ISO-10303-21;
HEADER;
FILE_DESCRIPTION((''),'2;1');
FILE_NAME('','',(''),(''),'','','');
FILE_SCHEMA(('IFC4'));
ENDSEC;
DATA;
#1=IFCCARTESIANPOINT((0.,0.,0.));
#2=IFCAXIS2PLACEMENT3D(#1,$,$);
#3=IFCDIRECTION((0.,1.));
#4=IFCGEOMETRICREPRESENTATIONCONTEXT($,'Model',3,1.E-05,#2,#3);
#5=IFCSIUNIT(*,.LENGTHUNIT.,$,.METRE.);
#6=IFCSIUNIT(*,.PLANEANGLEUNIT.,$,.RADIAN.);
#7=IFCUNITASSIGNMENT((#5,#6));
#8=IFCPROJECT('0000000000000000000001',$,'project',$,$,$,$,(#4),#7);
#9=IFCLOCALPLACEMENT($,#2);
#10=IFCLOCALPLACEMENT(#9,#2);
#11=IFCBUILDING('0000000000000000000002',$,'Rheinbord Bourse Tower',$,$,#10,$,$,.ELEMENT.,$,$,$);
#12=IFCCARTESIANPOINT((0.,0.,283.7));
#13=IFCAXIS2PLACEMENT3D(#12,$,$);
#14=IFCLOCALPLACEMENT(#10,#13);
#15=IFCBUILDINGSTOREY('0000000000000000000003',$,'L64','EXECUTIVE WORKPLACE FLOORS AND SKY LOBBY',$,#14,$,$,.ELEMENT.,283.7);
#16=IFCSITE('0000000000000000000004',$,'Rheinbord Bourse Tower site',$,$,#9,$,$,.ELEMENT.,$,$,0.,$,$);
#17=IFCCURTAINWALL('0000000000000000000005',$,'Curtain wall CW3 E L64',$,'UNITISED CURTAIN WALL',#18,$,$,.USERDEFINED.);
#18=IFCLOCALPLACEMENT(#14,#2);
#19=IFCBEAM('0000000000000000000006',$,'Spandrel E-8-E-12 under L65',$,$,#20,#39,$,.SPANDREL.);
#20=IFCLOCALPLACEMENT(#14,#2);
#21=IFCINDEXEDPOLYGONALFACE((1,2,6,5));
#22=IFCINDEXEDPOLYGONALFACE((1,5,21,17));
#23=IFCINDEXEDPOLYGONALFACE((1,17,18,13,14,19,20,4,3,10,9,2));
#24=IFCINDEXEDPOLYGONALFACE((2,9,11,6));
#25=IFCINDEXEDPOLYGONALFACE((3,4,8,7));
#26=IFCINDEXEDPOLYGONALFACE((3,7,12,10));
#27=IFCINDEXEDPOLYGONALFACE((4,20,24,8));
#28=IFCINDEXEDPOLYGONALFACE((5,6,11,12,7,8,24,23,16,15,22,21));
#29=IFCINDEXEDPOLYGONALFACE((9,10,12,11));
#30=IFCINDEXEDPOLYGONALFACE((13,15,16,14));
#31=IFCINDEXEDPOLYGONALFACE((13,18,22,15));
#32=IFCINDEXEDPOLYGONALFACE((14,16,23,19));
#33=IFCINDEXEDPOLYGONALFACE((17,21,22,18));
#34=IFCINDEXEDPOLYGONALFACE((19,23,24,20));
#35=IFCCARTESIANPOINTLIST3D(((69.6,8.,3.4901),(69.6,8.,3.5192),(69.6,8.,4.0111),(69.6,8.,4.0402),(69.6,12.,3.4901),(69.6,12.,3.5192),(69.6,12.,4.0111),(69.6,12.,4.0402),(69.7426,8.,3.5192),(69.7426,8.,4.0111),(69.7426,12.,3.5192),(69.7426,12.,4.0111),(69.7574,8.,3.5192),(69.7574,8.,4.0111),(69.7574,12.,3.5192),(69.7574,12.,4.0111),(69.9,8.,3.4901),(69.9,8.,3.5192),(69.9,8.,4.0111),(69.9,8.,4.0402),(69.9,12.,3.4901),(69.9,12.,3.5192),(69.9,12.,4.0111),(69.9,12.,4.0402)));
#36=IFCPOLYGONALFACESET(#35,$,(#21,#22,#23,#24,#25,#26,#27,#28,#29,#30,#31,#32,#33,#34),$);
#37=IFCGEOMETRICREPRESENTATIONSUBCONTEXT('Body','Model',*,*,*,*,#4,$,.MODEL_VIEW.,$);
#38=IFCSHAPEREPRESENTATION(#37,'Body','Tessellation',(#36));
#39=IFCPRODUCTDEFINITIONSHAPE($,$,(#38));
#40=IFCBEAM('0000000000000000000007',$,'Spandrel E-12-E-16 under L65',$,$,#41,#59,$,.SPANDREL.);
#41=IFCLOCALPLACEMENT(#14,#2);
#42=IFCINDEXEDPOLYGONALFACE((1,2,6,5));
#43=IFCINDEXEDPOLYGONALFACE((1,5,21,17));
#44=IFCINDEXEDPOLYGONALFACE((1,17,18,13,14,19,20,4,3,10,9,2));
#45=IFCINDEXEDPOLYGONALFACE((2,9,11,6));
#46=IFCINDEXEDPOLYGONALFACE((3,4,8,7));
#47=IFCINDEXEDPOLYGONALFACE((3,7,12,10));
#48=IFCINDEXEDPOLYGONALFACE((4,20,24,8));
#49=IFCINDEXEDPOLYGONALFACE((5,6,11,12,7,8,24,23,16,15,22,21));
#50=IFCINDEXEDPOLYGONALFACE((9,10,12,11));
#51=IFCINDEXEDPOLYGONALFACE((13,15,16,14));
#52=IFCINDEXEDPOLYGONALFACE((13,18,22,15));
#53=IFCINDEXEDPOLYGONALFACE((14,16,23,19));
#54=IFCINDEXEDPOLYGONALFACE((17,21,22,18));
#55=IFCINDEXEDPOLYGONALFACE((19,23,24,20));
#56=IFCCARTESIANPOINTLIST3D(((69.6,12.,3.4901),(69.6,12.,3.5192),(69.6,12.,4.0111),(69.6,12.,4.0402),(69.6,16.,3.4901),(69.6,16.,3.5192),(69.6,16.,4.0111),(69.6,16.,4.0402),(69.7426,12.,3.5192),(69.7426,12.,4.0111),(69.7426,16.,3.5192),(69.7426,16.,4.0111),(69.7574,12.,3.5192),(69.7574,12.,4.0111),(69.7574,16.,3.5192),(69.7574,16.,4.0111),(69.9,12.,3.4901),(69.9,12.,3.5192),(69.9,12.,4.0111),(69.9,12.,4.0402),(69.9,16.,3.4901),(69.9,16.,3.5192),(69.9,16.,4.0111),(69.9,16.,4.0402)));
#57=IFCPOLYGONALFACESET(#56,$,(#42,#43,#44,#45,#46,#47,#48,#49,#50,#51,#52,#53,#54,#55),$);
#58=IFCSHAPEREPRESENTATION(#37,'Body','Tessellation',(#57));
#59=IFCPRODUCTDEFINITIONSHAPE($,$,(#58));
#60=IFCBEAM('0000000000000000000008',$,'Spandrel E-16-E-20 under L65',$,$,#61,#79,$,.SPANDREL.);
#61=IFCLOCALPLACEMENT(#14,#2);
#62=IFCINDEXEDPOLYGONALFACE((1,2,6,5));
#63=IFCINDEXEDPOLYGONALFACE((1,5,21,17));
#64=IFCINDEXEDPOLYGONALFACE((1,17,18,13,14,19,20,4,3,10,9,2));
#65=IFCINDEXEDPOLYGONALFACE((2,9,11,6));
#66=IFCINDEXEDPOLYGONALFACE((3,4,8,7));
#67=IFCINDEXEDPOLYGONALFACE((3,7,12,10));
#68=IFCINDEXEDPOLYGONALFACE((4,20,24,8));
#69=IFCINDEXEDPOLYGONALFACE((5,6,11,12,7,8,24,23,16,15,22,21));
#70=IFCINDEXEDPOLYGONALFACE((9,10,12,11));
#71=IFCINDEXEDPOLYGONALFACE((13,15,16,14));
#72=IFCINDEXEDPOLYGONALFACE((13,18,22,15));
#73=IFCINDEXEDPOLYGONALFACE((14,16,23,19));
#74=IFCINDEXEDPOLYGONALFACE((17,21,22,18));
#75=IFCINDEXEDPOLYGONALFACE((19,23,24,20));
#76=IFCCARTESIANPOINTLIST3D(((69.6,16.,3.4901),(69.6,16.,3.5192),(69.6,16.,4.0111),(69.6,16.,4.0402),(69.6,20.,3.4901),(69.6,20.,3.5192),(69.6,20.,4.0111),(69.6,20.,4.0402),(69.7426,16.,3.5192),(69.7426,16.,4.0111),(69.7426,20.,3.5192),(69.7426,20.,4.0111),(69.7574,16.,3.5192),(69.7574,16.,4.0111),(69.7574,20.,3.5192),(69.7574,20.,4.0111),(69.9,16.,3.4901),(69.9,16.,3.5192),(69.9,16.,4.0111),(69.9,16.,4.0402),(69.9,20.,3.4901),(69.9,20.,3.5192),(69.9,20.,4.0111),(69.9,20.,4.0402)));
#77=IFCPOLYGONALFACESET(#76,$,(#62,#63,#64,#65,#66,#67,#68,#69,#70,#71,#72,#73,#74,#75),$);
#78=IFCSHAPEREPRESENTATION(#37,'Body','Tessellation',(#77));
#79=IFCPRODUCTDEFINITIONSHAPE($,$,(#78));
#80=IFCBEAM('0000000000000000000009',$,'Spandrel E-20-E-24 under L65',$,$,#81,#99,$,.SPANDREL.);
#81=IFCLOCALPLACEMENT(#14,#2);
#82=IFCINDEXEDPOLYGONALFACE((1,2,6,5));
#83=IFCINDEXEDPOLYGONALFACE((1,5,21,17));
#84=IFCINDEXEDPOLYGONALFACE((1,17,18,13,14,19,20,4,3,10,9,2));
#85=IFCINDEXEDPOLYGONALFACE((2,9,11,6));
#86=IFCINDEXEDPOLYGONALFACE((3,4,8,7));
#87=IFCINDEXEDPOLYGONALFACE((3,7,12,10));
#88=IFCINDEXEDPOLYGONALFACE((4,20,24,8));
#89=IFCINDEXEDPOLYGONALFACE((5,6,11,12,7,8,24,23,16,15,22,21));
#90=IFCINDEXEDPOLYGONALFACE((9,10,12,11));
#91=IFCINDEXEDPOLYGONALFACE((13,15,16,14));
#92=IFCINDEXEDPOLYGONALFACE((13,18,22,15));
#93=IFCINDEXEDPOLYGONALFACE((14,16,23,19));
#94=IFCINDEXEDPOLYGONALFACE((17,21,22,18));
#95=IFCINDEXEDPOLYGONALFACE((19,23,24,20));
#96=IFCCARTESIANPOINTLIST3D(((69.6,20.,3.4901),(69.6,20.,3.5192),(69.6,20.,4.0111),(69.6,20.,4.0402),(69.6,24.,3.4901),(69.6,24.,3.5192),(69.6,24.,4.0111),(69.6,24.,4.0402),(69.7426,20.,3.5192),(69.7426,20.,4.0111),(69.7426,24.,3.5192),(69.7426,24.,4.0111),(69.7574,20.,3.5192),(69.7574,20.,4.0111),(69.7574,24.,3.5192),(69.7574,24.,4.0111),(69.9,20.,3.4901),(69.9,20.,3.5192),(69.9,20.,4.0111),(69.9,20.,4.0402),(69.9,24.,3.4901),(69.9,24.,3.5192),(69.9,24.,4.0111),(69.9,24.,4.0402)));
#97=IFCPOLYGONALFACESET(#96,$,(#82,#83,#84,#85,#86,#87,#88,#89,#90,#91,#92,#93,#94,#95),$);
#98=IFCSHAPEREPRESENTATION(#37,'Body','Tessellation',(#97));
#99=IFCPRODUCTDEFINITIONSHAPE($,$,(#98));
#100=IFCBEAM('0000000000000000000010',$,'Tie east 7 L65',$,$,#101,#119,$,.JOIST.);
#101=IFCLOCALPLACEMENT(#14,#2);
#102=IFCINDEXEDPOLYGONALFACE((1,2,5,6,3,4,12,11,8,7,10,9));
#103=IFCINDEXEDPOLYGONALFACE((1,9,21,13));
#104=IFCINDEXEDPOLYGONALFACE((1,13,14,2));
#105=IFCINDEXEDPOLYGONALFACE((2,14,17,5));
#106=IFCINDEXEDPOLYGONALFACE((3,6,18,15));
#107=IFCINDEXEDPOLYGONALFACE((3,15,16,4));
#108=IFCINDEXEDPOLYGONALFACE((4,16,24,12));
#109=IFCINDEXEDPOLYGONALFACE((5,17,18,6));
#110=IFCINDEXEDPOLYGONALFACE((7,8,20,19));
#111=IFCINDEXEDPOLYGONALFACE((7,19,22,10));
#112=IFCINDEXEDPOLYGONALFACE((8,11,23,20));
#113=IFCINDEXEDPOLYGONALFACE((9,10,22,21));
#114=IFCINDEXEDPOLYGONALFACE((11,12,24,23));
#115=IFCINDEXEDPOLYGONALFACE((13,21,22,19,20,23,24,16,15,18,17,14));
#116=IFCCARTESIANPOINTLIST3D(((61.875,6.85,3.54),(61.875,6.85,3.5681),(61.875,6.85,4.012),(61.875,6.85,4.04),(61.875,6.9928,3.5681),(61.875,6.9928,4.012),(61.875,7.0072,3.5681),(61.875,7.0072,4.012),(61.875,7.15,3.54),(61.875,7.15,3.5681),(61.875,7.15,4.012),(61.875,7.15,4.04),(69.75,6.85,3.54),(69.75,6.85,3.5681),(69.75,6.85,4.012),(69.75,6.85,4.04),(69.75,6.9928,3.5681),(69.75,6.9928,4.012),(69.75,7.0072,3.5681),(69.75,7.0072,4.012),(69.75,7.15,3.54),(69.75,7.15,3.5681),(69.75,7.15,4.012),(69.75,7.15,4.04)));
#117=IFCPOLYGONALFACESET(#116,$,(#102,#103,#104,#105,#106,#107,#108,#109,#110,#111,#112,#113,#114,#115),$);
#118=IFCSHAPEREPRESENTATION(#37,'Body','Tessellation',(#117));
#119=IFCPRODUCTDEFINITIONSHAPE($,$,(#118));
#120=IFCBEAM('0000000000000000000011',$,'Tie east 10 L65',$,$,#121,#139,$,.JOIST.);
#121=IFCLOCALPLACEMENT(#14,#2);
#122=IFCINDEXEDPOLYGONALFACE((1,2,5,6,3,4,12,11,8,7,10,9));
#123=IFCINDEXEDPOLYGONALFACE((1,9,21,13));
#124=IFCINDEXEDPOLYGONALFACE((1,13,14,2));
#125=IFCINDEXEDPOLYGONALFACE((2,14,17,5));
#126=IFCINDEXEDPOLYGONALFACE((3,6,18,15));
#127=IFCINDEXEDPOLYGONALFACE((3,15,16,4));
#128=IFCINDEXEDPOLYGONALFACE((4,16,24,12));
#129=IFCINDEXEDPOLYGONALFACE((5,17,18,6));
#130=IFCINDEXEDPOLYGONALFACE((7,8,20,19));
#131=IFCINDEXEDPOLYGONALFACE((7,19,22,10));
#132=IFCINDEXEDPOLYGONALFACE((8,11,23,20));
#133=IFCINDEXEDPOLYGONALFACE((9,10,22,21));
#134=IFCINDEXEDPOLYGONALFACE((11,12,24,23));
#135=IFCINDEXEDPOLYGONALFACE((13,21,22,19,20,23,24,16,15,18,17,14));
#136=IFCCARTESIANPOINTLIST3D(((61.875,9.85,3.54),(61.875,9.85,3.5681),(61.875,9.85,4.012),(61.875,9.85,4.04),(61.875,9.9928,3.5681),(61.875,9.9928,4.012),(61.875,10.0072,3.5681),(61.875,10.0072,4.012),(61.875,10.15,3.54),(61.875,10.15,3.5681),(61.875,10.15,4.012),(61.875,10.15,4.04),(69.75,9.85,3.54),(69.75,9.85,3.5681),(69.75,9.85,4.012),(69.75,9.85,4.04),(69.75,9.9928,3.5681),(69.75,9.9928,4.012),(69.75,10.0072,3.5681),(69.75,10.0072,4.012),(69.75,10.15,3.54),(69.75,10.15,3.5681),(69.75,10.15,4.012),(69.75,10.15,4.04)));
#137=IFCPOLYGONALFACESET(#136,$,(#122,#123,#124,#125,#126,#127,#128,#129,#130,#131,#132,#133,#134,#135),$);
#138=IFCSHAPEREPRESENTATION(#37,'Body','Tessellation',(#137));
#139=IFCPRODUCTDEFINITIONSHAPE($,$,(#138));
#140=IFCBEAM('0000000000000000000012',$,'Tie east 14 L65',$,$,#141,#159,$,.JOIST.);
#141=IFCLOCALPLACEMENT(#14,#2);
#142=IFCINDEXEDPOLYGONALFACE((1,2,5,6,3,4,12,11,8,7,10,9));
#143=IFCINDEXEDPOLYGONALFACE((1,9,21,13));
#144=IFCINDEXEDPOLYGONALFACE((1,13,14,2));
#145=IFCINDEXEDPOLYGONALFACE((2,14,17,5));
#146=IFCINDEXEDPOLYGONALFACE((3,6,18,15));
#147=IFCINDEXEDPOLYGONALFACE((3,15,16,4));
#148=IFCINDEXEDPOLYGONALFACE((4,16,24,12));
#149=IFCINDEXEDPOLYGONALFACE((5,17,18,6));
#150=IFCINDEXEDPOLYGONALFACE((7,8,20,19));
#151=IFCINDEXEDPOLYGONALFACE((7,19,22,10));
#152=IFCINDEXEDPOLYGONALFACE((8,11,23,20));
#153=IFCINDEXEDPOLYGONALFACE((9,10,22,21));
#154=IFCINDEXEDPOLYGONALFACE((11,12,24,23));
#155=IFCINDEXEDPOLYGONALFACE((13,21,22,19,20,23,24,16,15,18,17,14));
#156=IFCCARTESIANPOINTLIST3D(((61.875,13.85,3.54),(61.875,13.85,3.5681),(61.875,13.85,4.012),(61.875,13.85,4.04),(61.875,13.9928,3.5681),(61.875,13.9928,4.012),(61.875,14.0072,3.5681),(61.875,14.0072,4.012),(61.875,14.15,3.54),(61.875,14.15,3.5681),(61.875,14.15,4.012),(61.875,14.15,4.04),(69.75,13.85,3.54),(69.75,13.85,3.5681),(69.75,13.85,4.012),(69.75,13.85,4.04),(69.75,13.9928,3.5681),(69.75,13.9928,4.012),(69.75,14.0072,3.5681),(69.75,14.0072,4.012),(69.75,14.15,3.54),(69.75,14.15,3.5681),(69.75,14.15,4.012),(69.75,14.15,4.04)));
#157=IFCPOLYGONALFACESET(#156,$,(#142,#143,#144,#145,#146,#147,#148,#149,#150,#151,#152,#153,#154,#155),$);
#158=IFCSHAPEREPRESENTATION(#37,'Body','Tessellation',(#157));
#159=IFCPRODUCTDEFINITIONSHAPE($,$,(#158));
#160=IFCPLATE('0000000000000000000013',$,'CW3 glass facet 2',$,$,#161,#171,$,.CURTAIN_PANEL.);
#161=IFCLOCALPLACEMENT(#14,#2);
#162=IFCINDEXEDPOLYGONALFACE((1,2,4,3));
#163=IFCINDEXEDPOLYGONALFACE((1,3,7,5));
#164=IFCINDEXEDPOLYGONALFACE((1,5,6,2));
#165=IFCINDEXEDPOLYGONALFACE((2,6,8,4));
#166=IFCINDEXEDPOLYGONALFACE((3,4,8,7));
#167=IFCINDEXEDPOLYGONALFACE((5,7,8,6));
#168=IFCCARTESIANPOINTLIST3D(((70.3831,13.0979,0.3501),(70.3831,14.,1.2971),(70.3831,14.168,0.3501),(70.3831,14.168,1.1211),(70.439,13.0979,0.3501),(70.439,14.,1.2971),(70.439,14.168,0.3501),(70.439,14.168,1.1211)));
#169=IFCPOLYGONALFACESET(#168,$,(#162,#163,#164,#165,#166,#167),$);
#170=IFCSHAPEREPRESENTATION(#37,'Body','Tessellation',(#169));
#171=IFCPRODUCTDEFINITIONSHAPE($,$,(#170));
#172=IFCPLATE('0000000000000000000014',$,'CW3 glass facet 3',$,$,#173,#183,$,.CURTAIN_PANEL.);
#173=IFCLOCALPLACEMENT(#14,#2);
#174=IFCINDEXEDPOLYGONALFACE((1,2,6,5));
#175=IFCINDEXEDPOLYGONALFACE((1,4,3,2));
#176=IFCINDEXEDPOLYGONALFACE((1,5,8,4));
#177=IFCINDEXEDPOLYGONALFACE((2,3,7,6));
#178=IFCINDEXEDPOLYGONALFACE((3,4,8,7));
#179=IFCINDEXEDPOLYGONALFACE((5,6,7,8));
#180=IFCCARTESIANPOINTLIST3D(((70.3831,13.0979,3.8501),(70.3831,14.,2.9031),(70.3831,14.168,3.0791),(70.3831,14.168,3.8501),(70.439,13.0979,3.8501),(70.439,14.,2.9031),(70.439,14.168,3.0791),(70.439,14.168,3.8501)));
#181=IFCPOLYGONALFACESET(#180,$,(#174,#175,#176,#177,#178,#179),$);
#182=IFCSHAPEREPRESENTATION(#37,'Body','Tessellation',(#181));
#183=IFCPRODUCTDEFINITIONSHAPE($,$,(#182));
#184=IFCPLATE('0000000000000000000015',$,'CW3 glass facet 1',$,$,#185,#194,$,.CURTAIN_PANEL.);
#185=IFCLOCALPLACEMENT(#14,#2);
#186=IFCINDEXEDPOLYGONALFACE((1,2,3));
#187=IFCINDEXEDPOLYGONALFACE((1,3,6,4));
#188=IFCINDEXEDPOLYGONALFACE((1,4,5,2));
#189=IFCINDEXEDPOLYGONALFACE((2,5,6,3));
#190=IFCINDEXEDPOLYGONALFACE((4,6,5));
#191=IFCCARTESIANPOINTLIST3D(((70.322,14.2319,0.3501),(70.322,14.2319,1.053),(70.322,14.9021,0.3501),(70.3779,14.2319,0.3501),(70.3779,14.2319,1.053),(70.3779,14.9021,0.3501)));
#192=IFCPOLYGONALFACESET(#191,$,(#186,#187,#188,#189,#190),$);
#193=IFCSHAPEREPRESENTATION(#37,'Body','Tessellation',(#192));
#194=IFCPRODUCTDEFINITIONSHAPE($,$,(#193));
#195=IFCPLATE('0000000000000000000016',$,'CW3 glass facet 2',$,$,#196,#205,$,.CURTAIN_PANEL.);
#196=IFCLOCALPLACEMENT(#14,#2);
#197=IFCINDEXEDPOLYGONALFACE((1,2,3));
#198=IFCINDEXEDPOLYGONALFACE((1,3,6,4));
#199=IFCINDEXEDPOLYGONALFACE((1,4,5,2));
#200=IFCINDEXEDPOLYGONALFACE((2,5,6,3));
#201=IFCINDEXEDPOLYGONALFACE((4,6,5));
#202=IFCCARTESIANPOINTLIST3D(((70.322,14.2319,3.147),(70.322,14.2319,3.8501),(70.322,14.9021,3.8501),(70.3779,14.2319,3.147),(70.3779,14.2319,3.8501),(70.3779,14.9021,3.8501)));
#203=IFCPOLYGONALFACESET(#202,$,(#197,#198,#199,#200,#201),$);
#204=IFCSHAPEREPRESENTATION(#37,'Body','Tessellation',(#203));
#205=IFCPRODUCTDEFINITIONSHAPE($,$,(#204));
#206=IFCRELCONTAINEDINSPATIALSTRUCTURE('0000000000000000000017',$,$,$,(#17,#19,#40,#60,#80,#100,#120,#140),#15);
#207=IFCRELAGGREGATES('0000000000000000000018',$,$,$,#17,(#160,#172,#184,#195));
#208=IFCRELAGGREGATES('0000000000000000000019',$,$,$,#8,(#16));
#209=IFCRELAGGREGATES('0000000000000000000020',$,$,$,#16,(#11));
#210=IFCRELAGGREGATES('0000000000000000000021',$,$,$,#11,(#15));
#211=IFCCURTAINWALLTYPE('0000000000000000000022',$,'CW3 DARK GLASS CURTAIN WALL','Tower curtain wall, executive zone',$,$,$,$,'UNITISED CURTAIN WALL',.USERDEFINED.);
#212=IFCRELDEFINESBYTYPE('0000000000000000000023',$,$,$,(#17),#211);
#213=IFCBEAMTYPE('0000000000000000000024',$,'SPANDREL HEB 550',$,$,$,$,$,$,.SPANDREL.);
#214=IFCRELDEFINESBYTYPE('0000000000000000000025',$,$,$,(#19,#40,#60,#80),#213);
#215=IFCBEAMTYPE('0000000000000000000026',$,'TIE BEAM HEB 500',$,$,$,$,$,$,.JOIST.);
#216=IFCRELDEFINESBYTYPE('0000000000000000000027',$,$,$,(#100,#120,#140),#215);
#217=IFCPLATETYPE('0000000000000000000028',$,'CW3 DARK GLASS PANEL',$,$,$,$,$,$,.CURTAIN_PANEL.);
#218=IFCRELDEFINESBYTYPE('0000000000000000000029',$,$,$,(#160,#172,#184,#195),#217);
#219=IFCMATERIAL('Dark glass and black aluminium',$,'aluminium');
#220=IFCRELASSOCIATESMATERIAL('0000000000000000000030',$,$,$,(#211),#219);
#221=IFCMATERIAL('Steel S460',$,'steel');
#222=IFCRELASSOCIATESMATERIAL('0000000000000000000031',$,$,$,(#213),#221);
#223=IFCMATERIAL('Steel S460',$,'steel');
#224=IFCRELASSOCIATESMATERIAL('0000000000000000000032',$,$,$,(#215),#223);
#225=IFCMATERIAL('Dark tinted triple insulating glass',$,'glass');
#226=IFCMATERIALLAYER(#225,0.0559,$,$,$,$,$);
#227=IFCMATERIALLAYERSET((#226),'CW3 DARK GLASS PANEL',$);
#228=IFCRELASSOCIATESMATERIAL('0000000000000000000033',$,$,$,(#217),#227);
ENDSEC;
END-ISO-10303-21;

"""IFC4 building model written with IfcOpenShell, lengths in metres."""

from ifc_helpers import new_model, si_unit, direction, frame, origin, origin_2d, place, context, subcontext, project, spatial, polyline, i_section, outline, extrude, material, layer, layer_set, material_profile, profile_set, type_object, element, aggregate, save


model = new_model("IFC4")

# Units and contexts
model_context = context("Model", 3, precision=1e-05, world=origin(), true_north=direction((0.0, 1.0)))
body_context = subcontext(model_context, "Body", "Model", "MODEL_VIEW")
ifc_project = project(units=[si_unit("LENGTHUNIT", "METRE"), si_unit("PLANEANGLEUNIT", "RADIAN")], contexts=[model_context])

# Site, building, storey
site_placement = place(None, origin())
site = spatial("IfcSite", under=ifc_project, at=site_placement, Name="Rheinbord Bourse Tower site", CompositionType="ELEMENT", RefElevation=0.0)
building_placement = place(site_placement, origin())
building = spatial("IfcBuilding", under=site, at=building_placement, Name="Rheinbord Bourse Tower", CompositionType="ELEMENT")
storey_placement = place(building_placement, frame((0.0, 0.0, 283.7)))
storey = spatial("IfcBuildingStorey", under=building, at=storey_placement, Name="L64", Description="EXECUTIVE WORKPLACE FLOORS AND SKY LOBBY", CompositionType="ELEMENT", Elevation=283.7)

# Curtain wall
ifc_material_1 = material(Name="Dark glass and black aluminium", Category="aluminium")
curtain_wall_type = type_object("IfcCurtainWallType", Name="CW3 DARK GLASS CURTAIN WALL", Description="Tower curtain wall, executive zone", ElementType="UNITISED CURTAIN WALL", PredefinedType="USERDEFINED", material=ifc_material_1)
curtain_wall_placement = place(storey_placement, origin())
curtain_wall = element("IfcCurtainWall", 1, at=curtain_wall_placement, inside=storey, type_object=curtain_wall_type, Name="Curtain wall CW3 E L64", ObjectType="UNITISED CURTAIN WALL", PredefinedType="USERDEFINED")

# Beams
ifc_material_2 = material(Name="Steel S460", Category="steel")
ifc_material_profile_1 = material_profile(ifc_material_2, i_section(OverallWidth=0.3, OverallDepth=0.55, WebThickness=0.0149, FlangeThickness=0.0291, at=origin_2d()), Name="HEB 550")
ifc_profile_set_1 = profile_set([ifc_material_profile_1], Name="Steel S460")
beam_type_1 = type_object("IfcBeamType", Name="SPANDREL HEB 550", PredefinedType="SPANDREL", material=ifc_profile_set_1)
for number, where, z_axis, x_axis, name in (
    (2, (69.75, 8.0, 3.7651), (0.0, 1.0, 0.0), (-1.0, 0.0, 0.0), "Spandrel E-8-E-12 under L65"),
    (3, (69.75, 12.0, 3.7651), (0.0, 1.0, 0.0), (-1.0, 0.0, 0.0), "Spandrel E-12-E-16 under L65"),
    (4, (69.75, 16.0, 3.7651), (0.0, 1.0, 0.0), (-1.0, 0.0, 0.0), "Spandrel E-16-E-20 under L65"),
    (5, (69.75, 20.0, 3.7651), (0.0, 1.0, 0.0), (-1.0, 0.0, 0.0), "Spandrel E-20-E-24 under L65"),
):
    element("IfcBeam", number, at=place(storey_placement, frame(where, z_axis=z_axis, x_axis=x_axis)), inside=storey, type_object=beam_type_1, Name=name, PredefinedType="SPANDREL", context=body_context, shape_type="SweptSolid", body=[
        extrude(i_section(OverallWidth=0.3, OverallDepth=0.55, WebThickness=0.0149, FlangeThickness=0.0291, at=origin_2d()), origin(), (0.0, 0.0, 1.0), 4.0),
    ])
ifc_material_3 = material(Name="Steel S460", Category="steel")
ifc_material_profile_2 = material_profile(ifc_material_3, i_section(OverallWidth=0.3, OverallDepth=0.5, WebThickness=0.0144, FlangeThickness=0.0281, at=origin_2d()), Name="HEB 500")
ifc_profile_set_2 = profile_set([ifc_material_profile_2], Name="Steel S460")
beam_type_2 = type_object("IfcBeamType", Name="TIE BEAM HEB 500", PredefinedType="JOIST", material=ifc_profile_set_2)
for number, where, z_axis, x_axis, name in (
    (6, (61.875, 7.0, 3.79), (1.0, 0.0, 0.0), (0.0, 1.0, 0.0), "Tie east 7 L65"),
    (7, (61.875, 10.0, 3.79), (1.0, 0.0, 0.0), (0.0, 1.0, 0.0), "Tie east 10 L65"),
    (8, (61.875, 14.0, 3.79), (1.0, 0.0, 0.0), (0.0, 1.0, 0.0), "Tie east 14 L65"),
):
    element("IfcBeam", number, at=place(storey_placement, frame(where, z_axis=z_axis, x_axis=x_axis)), inside=storey, type_object=beam_type_2, Name=name, PredefinedType="JOIST", context=body_context, shape_type="SweptSolid", body=[
        extrude(i_section(OverallWidth=0.3, OverallDepth=0.5, WebThickness=0.0144, FlangeThickness=0.0281, at=origin_2d()), origin(), (0.0, 0.0, 1.0), 7.875),
    ])

# Plates
ifc_material_4 = material(Name="Dark tinted triple insulating glass", Category="glass")
ifc_layer_1 = layer(ifc_material_4, 0.0559)
ifc_layer_set_1 = layer_set([ifc_layer_1], Name="CW3 DARK GLASS PANEL")
plate_type = type_object("IfcPlateType", Name="CW3 DARK GLASS PANEL", PredefinedType="CURTAIN_PANEL", material=ifc_layer_set_1)
plate_1_placement = place(storey_placement, frame((70.439, 14.168, 0.3501), z_axis=(-1.0, 0.0, 0.0), x_axis=(0.0, -1.0, 0.0)))
plate_1 = element("IfcPlate", 9, at=plate_1_placement, type_object=plate_type, Name="CW3 glass facet 2", PredefinedType="CURTAIN_PANEL", context=body_context, shape_type="SweptSolid", body=[
    extrude(outline(polyline([(0.0, 0.0), (1.0701, 0.0), (0.168, 0.947), (0.0, 0.771), (0.0, 0.0)])), origin(), (0.0, 0.0, 1.0), 0.0559),
])
plate_2_placement = place(storey_placement, frame((70.439, 14.168, 3.8501), z_axis=(-1.0, 0.0, 0.0), x_axis=(0.0, 0.0, -1.0)))
plate_2 = element("IfcPlate", 10, at=plate_2_placement, type_object=plate_type, Name="CW3 glass facet 3", PredefinedType="CURTAIN_PANEL", context=body_context, shape_type="SweptSolid", body=[
    extrude(outline(polyline([(0.0, 0.0), (0.771, 0.0), (0.947, 0.168), (0.0, 1.0701), (0.0, 0.0)])), origin(), (0.0, 0.0, 1.0), 0.0559),
])
plate_3_placement = place(storey_placement, frame((70.3779, 14.2319, 0.3501), z_axis=(-1.0, 0.0, 0.0), x_axis=(0.0, 0.0, 1.0)))
plate_3 = element("IfcPlate", 11, at=plate_3_placement, type_object=plate_type, Name="CW3 glass facet 1", PredefinedType="CURTAIN_PANEL", context=body_context, shape_type="SweptSolid", body=[
    extrude(outline(polyline([(0.0, 0.0), (0.7029, 0.0), (0.0, 0.6702), (0.0, 0.0)])), origin(), (0.0, 0.0, 1.0), 0.0559),
])
plate_4_placement = place(storey_placement, frame((70.3779, 14.2319, 3.8501), z_axis=(-1.0, 0.0, 0.0), x_axis=(0.0, 1.0, 0.0)))
plate_4 = element("IfcPlate", 12, at=plate_4_placement, type_object=plate_type, Name="CW3 glass facet 2", PredefinedType="CURTAIN_PANEL", context=body_context, shape_type="SweptSolid", body=[
    extrude(outline(polyline([(0.0, 0.0), (0.6702, 0.0), (0.0, 0.7031), (0.0, 0.0)])), origin(), (0.0, 0.0, 1.0), 0.0559),
])
aggregate(curtain_wall, [plate_1, plate_2, plate_3, plate_4])

save(model, "model.ifc")
